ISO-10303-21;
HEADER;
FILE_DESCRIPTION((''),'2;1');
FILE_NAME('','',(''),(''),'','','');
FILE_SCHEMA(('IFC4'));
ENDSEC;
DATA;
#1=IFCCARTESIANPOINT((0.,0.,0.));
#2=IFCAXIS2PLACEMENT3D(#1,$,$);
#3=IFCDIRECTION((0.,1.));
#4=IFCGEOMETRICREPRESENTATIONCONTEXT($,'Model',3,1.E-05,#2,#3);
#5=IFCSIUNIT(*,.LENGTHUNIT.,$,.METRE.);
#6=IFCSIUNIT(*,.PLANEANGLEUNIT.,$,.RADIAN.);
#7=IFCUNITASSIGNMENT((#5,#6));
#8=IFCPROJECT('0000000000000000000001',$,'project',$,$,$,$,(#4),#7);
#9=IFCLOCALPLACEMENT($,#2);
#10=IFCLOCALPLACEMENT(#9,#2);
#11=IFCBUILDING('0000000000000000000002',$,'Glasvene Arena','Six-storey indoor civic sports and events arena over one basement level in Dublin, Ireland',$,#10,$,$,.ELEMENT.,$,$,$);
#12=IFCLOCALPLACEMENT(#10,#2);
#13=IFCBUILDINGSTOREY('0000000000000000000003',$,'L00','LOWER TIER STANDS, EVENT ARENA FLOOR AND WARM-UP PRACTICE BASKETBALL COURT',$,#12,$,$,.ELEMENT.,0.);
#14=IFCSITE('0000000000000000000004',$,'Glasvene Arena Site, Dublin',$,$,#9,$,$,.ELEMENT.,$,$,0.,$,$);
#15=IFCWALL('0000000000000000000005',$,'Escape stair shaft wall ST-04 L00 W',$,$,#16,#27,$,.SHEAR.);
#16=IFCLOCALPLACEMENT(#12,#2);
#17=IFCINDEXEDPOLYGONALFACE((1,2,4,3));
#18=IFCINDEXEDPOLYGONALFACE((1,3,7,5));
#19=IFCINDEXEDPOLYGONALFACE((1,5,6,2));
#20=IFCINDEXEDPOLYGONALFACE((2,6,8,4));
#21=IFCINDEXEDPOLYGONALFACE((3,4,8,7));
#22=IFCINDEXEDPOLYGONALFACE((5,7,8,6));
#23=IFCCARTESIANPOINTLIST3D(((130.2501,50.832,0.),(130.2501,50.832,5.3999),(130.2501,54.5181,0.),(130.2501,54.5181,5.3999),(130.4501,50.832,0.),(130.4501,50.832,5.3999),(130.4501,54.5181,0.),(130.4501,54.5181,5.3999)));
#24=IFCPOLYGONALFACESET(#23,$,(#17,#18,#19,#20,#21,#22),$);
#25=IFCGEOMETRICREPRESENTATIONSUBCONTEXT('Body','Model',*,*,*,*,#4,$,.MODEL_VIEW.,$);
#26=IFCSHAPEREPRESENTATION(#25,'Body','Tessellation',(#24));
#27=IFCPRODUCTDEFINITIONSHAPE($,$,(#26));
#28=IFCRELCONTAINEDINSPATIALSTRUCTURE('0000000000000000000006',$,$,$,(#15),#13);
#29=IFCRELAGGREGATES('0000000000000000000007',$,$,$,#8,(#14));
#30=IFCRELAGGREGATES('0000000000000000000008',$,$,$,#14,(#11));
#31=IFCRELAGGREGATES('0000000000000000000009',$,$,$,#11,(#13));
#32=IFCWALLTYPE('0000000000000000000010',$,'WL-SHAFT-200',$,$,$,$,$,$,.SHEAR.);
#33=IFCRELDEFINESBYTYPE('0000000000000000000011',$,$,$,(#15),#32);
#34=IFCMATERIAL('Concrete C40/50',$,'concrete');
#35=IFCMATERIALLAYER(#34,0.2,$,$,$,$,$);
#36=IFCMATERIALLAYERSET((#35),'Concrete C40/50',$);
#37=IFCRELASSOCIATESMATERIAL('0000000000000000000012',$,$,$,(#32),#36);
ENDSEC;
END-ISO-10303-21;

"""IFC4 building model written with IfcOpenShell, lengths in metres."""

from ifc_helpers import new_model, si_unit, direction, frame, frame_2d, origin, place, context, subcontext, project, spatial, rectangle, extrude, material, layer, layer_set, type_object, element, save


model = new_model("IFC4")

# Units and contexts
model_context = context("Model", 3, precision=1e-05, world=origin(), true_north=direction((0.0, 1.0)))
body_context = subcontext(model_context, "Body", "Model", "MODEL_VIEW")
ifc_project = project(units=[si_unit("LENGTHUNIT", "METRE"), si_unit("PLANEANGLEUNIT", "RADIAN")], contexts=[model_context])

# Site, building, storey
site_placement = place(None, origin())
site = spatial("IfcSite", under=ifc_project, at=site_placement, Name="Glasvene Arena Site, Dublin", CompositionType="ELEMENT", RefElevation=0.0)
building_placement = place(site_placement, origin())
building = spatial("IfcBuilding", under=site, at=building_placement, Name="Glasvene Arena", Description="Six-storey indoor civic sports and events arena over one basement level in Dublin, Ireland", CompositionType="ELEMENT")
storey_placement = place(building_placement, origin())
storey = spatial("IfcBuildingStorey", under=building, at=storey_placement, Name="L00", Description="LOWER TIER STANDS, EVENT ARENA FLOOR AND WARM-UP PRACTICE BASKETBALL COURT", CompositionType="ELEMENT", Elevation=0.0)

# Shared definitions
ifc_material_1 = material(Name="Concrete C40/50", Category="concrete")

# Shared definitions
ifc_layer_1 = layer(ifc_material_1, 0.2)
ifc_layer_set_1 = layer_set([ifc_layer_1], Name="Concrete C40/50")
wall_type_1 = type_object("IfcWallType", Name="WL-SHAFT-200", PredefinedType="SHEAR", material=ifc_layer_set_1)

# Wall
wall_1_placement = place(storey_placement, frame((130.3501, 50.832, 0.0), z_axis=(0.0, 0.0, 1.0), x_axis=(0.0, 1.0, 0.0)))
element("IfcWall", 1, at=wall_1_placement, inside=storey, type_object=wall_type_1, Name="Escape stair shaft wall ST-04 L00 W", PredefinedType="SHEAR", context=body_context, shape_type="SweptSolid", body=[
    extrude(rectangle(XDim=3.686, YDim=0.2, at=frame_2d((1.843, 0.0))), origin(), (0.0, 0.0, 1.0), 5.3999),
])

save(model, "model.ifc")
